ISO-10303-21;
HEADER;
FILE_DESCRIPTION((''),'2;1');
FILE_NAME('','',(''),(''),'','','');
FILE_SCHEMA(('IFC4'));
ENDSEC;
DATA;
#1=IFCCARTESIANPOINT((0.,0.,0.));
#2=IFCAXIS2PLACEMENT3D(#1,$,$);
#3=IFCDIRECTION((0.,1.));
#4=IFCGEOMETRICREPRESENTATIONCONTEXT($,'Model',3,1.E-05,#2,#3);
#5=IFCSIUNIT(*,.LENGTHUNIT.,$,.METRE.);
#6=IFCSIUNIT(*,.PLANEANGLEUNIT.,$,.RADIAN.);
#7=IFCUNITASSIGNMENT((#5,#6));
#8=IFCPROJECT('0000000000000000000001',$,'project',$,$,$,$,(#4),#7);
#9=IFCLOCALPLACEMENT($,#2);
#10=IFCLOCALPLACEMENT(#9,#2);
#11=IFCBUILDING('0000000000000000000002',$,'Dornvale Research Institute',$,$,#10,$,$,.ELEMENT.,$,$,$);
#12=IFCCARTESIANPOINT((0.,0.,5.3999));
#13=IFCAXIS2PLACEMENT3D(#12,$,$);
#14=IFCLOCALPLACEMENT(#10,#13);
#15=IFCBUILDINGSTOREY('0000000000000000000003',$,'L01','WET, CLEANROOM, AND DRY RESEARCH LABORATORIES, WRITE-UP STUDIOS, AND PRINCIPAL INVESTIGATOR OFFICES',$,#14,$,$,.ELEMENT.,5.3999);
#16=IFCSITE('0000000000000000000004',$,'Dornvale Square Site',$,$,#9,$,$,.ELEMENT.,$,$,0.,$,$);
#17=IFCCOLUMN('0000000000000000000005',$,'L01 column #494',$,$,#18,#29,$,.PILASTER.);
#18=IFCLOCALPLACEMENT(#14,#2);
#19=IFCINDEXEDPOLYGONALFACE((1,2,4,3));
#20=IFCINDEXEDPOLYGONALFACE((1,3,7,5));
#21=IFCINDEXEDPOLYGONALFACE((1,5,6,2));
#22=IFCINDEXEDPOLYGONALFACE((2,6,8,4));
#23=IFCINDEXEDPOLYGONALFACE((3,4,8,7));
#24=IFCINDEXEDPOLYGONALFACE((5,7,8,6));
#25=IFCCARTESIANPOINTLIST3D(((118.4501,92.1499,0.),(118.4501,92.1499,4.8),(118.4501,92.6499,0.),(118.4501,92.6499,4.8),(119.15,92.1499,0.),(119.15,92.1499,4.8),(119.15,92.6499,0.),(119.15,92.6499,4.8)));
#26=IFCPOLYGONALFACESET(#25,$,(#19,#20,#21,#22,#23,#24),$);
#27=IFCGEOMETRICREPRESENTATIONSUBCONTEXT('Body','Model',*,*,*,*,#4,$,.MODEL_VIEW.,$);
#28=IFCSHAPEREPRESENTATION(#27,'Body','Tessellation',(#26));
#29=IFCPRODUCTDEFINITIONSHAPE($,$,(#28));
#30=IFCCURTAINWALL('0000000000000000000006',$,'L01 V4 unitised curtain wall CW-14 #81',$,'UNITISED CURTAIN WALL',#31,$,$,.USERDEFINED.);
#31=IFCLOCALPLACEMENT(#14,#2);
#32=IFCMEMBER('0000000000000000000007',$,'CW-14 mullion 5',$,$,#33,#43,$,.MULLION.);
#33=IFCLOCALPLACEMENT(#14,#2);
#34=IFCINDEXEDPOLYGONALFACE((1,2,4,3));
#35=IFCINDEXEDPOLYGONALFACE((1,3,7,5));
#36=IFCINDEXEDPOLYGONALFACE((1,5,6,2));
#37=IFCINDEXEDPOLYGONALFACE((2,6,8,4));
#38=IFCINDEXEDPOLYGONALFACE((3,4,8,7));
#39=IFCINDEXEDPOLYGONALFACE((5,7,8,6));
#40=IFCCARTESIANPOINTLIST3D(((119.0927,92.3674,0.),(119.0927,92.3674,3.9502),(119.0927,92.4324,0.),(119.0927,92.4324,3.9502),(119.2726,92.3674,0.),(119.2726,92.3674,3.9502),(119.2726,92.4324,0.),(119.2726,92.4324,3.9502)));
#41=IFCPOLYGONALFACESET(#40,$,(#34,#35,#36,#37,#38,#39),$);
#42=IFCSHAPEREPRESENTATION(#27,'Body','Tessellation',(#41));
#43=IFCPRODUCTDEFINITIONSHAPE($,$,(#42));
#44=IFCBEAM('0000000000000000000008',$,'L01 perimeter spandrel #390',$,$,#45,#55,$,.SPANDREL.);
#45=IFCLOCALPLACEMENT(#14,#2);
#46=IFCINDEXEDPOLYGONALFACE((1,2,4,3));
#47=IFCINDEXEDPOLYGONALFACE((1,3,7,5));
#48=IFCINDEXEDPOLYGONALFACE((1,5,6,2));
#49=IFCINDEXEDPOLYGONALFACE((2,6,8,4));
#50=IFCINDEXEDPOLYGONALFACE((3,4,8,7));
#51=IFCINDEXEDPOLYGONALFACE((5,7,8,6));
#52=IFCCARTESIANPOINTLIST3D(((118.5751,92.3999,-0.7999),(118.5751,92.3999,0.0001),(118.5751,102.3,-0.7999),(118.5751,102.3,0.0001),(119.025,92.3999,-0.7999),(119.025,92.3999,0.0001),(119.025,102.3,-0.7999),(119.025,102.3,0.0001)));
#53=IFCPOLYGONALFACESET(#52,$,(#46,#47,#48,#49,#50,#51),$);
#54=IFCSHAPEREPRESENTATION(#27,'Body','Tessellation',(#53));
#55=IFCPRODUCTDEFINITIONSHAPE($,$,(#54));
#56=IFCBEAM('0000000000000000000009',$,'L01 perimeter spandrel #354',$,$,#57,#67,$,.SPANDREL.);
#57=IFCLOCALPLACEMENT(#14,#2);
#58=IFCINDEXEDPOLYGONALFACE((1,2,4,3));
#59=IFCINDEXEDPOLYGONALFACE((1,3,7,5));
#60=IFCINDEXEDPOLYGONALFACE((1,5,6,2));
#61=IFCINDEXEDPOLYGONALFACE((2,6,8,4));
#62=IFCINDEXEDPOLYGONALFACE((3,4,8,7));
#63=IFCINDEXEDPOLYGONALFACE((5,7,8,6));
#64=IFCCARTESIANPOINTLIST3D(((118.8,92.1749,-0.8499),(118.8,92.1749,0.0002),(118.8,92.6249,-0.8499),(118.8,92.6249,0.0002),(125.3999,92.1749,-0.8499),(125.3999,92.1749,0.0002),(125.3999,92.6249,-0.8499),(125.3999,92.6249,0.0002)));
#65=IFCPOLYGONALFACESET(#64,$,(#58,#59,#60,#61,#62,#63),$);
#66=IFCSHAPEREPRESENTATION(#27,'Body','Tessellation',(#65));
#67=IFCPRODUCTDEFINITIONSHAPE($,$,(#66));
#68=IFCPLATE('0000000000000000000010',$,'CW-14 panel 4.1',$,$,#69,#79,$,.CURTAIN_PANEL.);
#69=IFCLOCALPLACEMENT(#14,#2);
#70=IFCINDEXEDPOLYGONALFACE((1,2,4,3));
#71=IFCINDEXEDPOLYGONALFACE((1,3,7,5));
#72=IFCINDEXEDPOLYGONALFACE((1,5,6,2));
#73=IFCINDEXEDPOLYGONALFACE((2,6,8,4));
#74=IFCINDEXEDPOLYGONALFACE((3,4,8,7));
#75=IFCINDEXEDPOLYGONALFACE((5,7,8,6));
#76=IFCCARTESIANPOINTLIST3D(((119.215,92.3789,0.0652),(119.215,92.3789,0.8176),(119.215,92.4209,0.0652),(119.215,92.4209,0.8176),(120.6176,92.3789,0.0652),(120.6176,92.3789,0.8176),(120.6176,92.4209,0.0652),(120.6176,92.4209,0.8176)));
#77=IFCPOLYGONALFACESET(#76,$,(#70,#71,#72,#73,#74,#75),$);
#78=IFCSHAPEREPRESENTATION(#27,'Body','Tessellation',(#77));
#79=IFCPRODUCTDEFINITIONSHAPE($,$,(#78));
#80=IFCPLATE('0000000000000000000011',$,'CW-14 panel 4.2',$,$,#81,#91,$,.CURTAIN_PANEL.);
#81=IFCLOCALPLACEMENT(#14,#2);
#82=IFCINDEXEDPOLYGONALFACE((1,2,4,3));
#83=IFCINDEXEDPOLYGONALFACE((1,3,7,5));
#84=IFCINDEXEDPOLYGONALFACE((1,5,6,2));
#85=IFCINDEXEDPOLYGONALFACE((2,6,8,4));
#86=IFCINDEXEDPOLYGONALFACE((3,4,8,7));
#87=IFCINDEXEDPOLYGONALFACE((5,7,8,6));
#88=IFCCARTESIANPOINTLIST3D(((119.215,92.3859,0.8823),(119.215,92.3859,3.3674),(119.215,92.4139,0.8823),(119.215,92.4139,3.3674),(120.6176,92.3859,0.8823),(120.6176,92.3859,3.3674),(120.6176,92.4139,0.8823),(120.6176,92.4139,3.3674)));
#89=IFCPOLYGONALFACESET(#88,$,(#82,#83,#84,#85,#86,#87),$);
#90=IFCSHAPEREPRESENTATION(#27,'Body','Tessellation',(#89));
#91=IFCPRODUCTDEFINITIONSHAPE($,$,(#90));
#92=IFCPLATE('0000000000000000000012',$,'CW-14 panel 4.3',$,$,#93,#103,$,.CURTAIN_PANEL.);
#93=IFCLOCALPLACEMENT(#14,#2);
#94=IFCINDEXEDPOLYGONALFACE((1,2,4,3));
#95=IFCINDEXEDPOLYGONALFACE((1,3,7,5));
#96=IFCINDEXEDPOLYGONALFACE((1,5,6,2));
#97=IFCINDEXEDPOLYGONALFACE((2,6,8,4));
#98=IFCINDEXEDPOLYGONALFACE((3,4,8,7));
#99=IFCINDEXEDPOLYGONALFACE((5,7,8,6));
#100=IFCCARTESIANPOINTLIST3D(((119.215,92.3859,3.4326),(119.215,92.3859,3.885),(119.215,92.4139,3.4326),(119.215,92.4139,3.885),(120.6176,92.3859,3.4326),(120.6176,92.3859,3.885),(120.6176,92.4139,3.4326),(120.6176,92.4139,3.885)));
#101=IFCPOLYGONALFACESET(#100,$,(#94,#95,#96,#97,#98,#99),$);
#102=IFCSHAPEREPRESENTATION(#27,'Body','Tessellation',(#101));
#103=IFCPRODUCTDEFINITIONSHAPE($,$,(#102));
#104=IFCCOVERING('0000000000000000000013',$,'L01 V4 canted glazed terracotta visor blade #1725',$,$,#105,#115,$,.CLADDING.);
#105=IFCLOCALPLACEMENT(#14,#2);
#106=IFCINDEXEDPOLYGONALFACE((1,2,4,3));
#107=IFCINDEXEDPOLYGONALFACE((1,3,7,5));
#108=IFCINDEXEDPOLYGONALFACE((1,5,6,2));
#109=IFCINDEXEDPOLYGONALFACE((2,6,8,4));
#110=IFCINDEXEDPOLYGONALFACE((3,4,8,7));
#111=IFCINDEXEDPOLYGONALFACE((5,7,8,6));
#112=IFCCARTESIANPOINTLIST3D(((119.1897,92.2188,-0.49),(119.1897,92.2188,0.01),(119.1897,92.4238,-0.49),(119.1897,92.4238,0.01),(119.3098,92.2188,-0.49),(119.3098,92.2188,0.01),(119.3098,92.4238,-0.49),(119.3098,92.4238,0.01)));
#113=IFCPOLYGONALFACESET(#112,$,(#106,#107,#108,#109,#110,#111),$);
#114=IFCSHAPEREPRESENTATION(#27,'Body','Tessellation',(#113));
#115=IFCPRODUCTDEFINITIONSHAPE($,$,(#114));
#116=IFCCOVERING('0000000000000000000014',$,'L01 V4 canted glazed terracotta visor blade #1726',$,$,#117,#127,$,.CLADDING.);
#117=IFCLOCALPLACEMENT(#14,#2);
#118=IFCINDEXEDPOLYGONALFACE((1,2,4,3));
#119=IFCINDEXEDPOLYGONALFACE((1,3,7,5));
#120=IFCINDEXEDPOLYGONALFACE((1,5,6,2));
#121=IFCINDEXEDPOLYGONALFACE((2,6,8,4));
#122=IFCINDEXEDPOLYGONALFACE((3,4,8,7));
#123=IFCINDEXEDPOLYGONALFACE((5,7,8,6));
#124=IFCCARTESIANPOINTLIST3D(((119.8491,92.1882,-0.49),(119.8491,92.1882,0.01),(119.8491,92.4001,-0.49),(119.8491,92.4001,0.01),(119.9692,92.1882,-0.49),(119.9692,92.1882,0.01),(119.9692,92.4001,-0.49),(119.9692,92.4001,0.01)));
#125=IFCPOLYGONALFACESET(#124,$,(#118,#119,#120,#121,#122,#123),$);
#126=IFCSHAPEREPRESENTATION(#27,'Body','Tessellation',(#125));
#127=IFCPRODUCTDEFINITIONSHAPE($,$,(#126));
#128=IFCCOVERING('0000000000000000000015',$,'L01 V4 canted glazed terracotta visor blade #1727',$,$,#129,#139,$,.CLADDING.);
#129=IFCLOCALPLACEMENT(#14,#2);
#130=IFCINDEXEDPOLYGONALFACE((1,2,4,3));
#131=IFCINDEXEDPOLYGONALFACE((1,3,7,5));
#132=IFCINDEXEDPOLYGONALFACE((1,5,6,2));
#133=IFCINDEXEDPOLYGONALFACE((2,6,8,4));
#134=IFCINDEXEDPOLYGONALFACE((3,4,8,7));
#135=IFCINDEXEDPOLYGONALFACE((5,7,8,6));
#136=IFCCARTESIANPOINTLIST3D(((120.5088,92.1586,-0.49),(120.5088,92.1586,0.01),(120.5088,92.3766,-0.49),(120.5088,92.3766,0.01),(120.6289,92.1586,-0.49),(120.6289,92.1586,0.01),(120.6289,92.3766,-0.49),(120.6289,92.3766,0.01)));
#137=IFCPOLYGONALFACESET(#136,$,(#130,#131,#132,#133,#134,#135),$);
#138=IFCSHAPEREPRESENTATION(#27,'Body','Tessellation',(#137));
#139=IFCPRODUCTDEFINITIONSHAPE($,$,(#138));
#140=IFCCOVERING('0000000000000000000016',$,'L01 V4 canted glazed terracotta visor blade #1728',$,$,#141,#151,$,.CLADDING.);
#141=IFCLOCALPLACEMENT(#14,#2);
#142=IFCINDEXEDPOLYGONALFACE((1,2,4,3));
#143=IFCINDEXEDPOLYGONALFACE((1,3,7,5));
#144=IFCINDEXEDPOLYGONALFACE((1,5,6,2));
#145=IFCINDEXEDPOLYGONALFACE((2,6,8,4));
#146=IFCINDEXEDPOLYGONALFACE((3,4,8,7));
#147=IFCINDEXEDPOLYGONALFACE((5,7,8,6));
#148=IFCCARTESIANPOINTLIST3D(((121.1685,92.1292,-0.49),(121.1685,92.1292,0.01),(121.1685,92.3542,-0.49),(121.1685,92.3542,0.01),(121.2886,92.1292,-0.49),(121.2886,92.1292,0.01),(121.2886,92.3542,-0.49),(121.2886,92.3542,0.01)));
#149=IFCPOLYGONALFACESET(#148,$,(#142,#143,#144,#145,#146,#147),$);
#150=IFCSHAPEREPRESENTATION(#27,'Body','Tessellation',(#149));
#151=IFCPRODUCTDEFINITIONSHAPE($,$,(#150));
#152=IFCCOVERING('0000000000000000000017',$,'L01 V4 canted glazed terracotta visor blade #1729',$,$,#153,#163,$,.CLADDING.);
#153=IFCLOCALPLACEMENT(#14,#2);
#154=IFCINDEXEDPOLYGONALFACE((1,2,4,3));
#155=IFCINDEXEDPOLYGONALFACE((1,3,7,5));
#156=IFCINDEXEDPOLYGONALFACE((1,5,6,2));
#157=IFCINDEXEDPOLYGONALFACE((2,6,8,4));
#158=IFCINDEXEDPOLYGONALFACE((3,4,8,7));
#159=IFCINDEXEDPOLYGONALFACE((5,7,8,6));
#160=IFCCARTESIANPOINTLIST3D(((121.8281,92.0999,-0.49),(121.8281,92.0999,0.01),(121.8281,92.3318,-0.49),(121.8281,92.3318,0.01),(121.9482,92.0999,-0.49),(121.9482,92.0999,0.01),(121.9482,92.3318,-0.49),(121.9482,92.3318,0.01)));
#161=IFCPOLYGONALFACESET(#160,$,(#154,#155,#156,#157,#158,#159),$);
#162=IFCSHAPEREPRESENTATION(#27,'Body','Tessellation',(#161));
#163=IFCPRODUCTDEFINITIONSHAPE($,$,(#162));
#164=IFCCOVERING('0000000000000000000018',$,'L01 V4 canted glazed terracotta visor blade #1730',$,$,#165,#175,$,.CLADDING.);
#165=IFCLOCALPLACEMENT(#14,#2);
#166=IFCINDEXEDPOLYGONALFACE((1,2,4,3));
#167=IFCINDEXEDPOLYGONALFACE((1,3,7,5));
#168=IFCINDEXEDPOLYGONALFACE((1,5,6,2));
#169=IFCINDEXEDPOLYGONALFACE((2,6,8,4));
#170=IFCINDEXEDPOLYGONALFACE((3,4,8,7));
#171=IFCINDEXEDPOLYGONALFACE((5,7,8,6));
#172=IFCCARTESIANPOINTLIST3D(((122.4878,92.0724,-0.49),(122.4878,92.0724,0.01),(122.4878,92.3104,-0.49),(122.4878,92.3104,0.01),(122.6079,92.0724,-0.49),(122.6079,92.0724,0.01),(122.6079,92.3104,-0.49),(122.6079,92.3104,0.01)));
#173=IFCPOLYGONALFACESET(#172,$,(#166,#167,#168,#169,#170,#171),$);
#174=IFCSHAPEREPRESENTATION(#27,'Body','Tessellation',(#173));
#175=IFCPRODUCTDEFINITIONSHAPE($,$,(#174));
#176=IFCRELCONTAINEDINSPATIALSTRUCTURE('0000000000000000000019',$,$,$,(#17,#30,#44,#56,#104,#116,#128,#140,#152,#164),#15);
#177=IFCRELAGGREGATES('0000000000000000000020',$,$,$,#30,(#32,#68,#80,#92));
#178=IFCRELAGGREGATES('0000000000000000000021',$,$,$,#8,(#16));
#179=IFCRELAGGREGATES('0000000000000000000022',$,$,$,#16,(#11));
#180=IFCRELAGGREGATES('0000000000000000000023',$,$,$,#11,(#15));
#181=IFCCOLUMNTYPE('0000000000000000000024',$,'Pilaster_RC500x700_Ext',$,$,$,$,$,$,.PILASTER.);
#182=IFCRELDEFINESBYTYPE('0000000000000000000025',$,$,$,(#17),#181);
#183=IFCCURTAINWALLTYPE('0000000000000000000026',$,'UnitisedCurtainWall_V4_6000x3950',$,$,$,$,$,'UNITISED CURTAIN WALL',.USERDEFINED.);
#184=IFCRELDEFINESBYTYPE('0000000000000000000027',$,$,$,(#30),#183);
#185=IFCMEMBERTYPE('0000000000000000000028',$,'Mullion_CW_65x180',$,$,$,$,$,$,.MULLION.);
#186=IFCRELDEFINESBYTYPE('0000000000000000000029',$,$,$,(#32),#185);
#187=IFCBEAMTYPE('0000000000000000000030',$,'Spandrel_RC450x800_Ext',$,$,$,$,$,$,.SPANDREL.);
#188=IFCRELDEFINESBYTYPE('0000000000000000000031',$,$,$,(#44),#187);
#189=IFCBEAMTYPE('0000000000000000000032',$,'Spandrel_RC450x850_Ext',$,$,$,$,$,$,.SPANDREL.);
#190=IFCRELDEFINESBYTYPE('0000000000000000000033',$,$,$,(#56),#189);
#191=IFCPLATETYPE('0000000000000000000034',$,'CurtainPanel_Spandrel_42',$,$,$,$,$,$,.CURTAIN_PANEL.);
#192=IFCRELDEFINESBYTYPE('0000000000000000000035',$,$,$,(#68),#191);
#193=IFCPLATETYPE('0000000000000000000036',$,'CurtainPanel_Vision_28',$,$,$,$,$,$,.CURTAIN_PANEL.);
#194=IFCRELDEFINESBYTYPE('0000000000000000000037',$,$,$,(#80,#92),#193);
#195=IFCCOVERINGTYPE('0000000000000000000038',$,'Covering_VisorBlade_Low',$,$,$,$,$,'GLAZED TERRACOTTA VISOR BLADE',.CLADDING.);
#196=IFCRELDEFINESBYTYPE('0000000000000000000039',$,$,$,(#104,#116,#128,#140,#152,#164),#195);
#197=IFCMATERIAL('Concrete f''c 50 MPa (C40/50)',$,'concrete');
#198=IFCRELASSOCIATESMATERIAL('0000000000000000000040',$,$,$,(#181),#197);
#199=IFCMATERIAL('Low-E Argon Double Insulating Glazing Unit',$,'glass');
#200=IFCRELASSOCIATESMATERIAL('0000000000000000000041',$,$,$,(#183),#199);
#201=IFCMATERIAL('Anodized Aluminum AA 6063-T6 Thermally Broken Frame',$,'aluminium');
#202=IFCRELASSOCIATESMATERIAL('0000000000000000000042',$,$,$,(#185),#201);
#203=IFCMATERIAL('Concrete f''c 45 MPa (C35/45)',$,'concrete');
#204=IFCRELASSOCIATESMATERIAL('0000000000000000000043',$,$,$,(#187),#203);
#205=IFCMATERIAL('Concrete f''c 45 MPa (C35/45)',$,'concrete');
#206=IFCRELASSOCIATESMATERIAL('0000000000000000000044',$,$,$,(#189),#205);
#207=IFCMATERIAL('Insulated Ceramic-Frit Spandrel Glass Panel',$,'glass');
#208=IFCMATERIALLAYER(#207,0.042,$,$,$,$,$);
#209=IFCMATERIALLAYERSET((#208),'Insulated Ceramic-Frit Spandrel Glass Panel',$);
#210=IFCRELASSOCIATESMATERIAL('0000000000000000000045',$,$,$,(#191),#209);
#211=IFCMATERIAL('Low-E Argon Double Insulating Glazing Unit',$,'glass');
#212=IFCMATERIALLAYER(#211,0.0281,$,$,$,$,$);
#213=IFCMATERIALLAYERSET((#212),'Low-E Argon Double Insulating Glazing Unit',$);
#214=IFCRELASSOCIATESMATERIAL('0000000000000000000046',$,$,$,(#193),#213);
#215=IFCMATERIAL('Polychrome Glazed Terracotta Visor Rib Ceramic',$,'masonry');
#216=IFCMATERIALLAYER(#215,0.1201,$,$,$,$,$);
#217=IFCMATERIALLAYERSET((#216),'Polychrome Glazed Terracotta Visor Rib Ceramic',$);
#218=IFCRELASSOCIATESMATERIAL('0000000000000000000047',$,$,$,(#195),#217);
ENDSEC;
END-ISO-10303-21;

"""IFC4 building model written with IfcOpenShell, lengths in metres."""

from ifc_helpers import new_model, si_unit, direction, frame, origin, origin_2d, place, context, subcontext, project, spatial, rectangle, extrude, material, layer, layer_set, material_profile, profile_set, type_object, element, aggregate, save


model = new_model("IFC4")

# Units and contexts
model_context = context("Model", 3, precision=1e-05, world=origin(), true_north=direction((0.0, 1.0)))
body_context = subcontext(model_context, "Body", "Model", "MODEL_VIEW")
ifc_project = project(units=[si_unit("LENGTHUNIT", "METRE"), si_unit("PLANEANGLEUNIT", "RADIAN")], contexts=[model_context])

# Site, building, storey
site_placement = place(None, origin())
site = spatial("IfcSite", under=ifc_project, at=site_placement, Name="Dornvale Square Site", CompositionType="ELEMENT", RefElevation=0.0)
building_placement = place(site_placement, origin())
building = spatial("IfcBuilding", under=site, at=building_placement, Name="Dornvale Research Institute", CompositionType="ELEMENT")
storey_placement = place(building_placement, frame((0.0, 0.0, 5.3999)))
storey = spatial("IfcBuildingStorey", under=building, at=storey_placement, Name="L01", Description="WET, CLEANROOM, AND DRY RESEARCH LABORATORIES, WRITE-UP STUDIOS, AND PRINCIPAL INVESTIGATOR OFFICES", CompositionType="ELEMENT", Elevation=5.3999)

# Column
ifc_material_1 = material(Name="Concrete f'c 50 MPa (C40/50)", Category="concrete")
ifc_material_profile_1 = material_profile(ifc_material_1, rectangle(XDim=0.5, YDim=0.7, at=origin_2d()), Name="RC 500x700")
ifc_profile_set_1 = profile_set([ifc_material_profile_1], Name="Concrete f'c 50 MPa (C40/50)")
column_type = type_object("IfcColumnType", Name="Pilaster_RC500x700_Ext", PredefinedType="PILASTER", material=ifc_profile_set_1)
column_placement = place(storey_placement, frame((118.8, 92.3999, 0.0), z_axis=(0.0, 0.0, 1.0), x_axis=(0.0, 1.0, 0.0)))
element("IfcColumn", 1, at=column_placement, inside=storey, type_object=column_type, Name="L01 column #494", PredefinedType="PILASTER", context=body_context, shape_type="SweptSolid", body=[
    extrude(rectangle(XDim=0.5, YDim=0.7, at=origin_2d()), origin(), (0.0, 0.0, 1.0), 4.8),
])

# Curtain wall, member
ifc_material_2 = material(Name="Low-E Argon Double Insulating Glazing Unit", Category="glass")
curtain_wall_type = type_object("IfcCurtainWallType", Name="UnitisedCurtainWall_V4_6000x3950", ElementType="UNITISED CURTAIN WALL", PredefinedType="USERDEFINED", material=ifc_material_2)
curtain_wall_placement = place(storey_placement, origin())
curtain_wall = element("IfcCurtainWall", 2, at=curtain_wall_placement, inside=storey, type_object=curtain_wall_type, Name="L01 V4 unitised curtain wall CW-14 #81", ObjectType="UNITISED CURTAIN WALL", PredefinedType="USERDEFINED")
ifc_material_3 = material(Name="Anodized Aluminum AA 6063-T6 Thermally Broken Frame", Category="aluminium")
ifc_material_profile_2 = material_profile(ifc_material_3, rectangle(XDim=0.0649, YDim=0.1799, at=origin_2d()), Name="ALU MULLION 65x180")
ifc_profile_set_2 = profile_set([ifc_material_profile_2], Name="Anodized Aluminum AA 6063-T6 Thermally Broken Frame")
member_type = type_object("IfcMemberType", Name="Mullion_CW_65x180", PredefinedType="MULLION", material=ifc_profile_set_2)
member_placement = place(storey_placement, frame((119.1826, 92.3999, 0.0), z_axis=(0.0, 0.0, 1.0), x_axis=(0.0, -1.0, 0.0)))
member = element("IfcMember", 3, at=member_placement, type_object=member_type, Name="CW-14 mullion 5", PredefinedType="MULLION", context=body_context, shape_type="SweptSolid", body=[
    extrude(rectangle(XDim=0.0649, YDim=0.1799, at=origin_2d()), origin(), (0.0, 0.0, 1.0), 3.9502),
])

# Beams
ifc_material_4 = material(Name="Concrete f'c 45 MPa (C35/45)", Category="concrete")
ifc_material_profile_3 = material_profile(ifc_material_4, rectangle(XDim=0.45, YDim=0.8, at=origin_2d()), Name="RC 450x800")
ifc_profile_set_3 = profile_set([ifc_material_profile_3], Name="Concrete f'c 45 MPa (C35/45)")
beam_type_1 = type_object("IfcBeamType", Name="Spandrel_RC450x800_Ext", PredefinedType="SPANDREL", material=ifc_profile_set_3)
beam_1_placement = place(storey_placement, frame((118.8, 92.3999, -0.3999), z_axis=(0.0, 1.0, 0.0), x_axis=(-1.0, 0.0, 0.0)))
element("IfcBeam", 4, at=beam_1_placement, inside=storey, type_object=beam_type_1, Name="L01 perimeter spandrel #390", PredefinedType="SPANDREL", context=body_context, shape_type="SweptSolid", body=[
    extrude(rectangle(XDim=0.45, YDim=0.8, at=origin_2d()), origin(), (0.0, 0.0, 1.0), 9.9001),
])
ifc_material_5 = material(Name="Concrete f'c 45 MPa (C35/45)", Category="concrete")
ifc_material_profile_4 = material_profile(ifc_material_5, rectangle(XDim=0.45, YDim=0.8501, at=origin_2d()), Name="RC 450x850")
ifc_profile_set_4 = profile_set([ifc_material_profile_4], Name="Concrete f'c 45 MPa (C35/45)")
beam_type_2 = type_object("IfcBeamType", Name="Spandrel_RC450x850_Ext", PredefinedType="SPANDREL", material=ifc_profile_set_4)
beam_2_placement = place(storey_placement, frame((118.8, 92.3999, -0.4248), z_axis=(1.0, 0.0, 0.0), x_axis=(0.0, 1.0, 0.0)))
element("IfcBeam", 5, at=beam_2_placement, inside=storey, type_object=beam_type_2, Name="L01 perimeter spandrel #354", PredefinedType="SPANDREL", context=body_context, shape_type="SweptSolid", body=[
    extrude(rectangle(XDim=0.45, YDim=0.8501, at=origin_2d()), origin(), (0.0, 0.0, 1.0), 6.5999),
])

# Plates
ifc_material_6 = material(Name="Insulated Ceramic-Frit Spandrel Glass Panel", Category="glass")
ifc_layer_1 = layer(ifc_material_6, 0.042)
ifc_layer_set_1 = layer_set([ifc_layer_1], Name="Insulated Ceramic-Frit Spandrel Glass Panel")
plate_type_1 = type_object("IfcPlateType", Name="CurtainPanel_Spandrel_42", PredefinedType="CURTAIN_PANEL", material=ifc_layer_set_1)
plate_1_placement = place(storey_placement, frame((119.9163, 92.3999, 0.0652), z_axis=(0.0, 0.0, 1.0), x_axis=(-1.0, 0.0, 0.0)))
plate_1 = element("IfcPlate", 6, at=plate_1_placement, type_object=plate_type_1, Name="CW-14 panel 4.1", PredefinedType="CURTAIN_PANEL", context=body_context, shape_type="SweptSolid", body=[
    extrude(rectangle(XDim=1.4026, YDim=0.042, at=origin_2d()), origin(), (0.0, 0.0, 1.0), 0.7524),
])
ifc_material_7 = material(Name="Low-E Argon Double Insulating Glazing Unit", Category="glass")
ifc_layer_2 = layer(ifc_material_7, 0.0281)
ifc_layer_set_2 = layer_set([ifc_layer_2], Name="Low-E Argon Double Insulating Glazing Unit")
plate_type_2 = type_object("IfcPlateType", Name="CurtainPanel_Vision_28", PredefinedType="CURTAIN_PANEL", material=ifc_layer_set_2)
plate_2_placement = place(storey_placement, frame((119.9163, 92.3999, 0.8823), z_axis=(0.0, 0.0, 1.0), x_axis=(-1.0, 0.0, 0.0)))
plate_2 = element("IfcPlate", 7, at=plate_2_placement, type_object=plate_type_2, Name="CW-14 panel 4.2", PredefinedType="CURTAIN_PANEL", context=body_context, shape_type="SweptSolid", body=[
    extrude(rectangle(XDim=1.4026, YDim=0.0281, at=origin_2d()), origin(), (0.0, 0.0, 1.0), 2.4851),
])
plate_3_placement = place(storey_placement, frame((119.9163, 92.3999, 3.4326), z_axis=(0.0, 0.0, 1.0), x_axis=(-1.0, 0.0, 0.0)))
plate_3 = element("IfcPlate", 8, at=plate_3_placement, type_object=plate_type_2, Name="CW-14 panel 4.3", PredefinedType="CURTAIN_PANEL", context=body_context, shape_type="SweptSolid", body=[
    extrude(rectangle(XDim=1.4026, YDim=0.0281, at=origin_2d()), origin(), (0.0, 0.0, 1.0), 0.4524),
])
aggregate(curtain_wall, [member, plate_1, plate_2, plate_3])

# Coverings
ifc_material_8 = material(Name="Polychrome Glazed Terracotta Visor Rib Ceramic", Category="masonry")
ifc_layer_3 = layer(ifc_material_8, 0.1201)
ifc_layer_set_3 = layer_set([ifc_layer_3], Name="Polychrome Glazed Terracotta Visor Rib Ceramic")
covering_type = type_object("IfcCoveringType", Name="Covering_VisorBlade_Low", ElementType="GLAZED TERRACOTTA VISOR BLADE", PredefinedType="CLADDING", material=ifc_layer_set_3)
covering_1_placement = place(storey_placement, frame((119.2498, 92.3213, -0.49), z_axis=(0.0, 0.0, 1.0), x_axis=(0.0, 1.0, 0.0)))
element("IfcCovering", 9, at=covering_1_placement, inside=storey, type_object=covering_type, Name="L01 V4 canted glazed terracotta visor blade #1725", PredefinedType="CLADDING", context=body_context, shape_type="SweptSolid", body=[
    extrude(rectangle(XDim=0.2051, YDim=0.1201, at=origin_2d()), origin(), (0.0, 0.0, 1.0), 0.5),
])
covering_2_placement = place(storey_placement, frame((119.9092, 92.2942, -0.49), z_axis=(0.0, 0.0, 1.0), x_axis=(0.0, 1.0, 0.0)))
element("IfcCovering", 10, at=covering_2_placement, inside=storey, type_object=covering_type, Name="L01 V4 canted glazed terracotta visor blade #1726", PredefinedType="CLADDING", context=body_context, shape_type="SweptSolid", body=[
    extrude(rectangle(XDim=0.2119, YDim=0.1201, at=origin_2d()), origin(), (0.0, 0.0, 1.0), 0.5),
])
covering_3_placement = place(storey_placement, frame((120.5688, 92.2676, -0.49), z_axis=(0.0, 0.0, 1.0), x_axis=(0.0, 1.0, 0.0)))
element("IfcCovering", 11, at=covering_3_placement, inside=storey, type_object=covering_type, Name="L01 V4 canted glazed terracotta visor blade #1727", PredefinedType="CLADDING", context=body_context, shape_type="SweptSolid", body=[
    extrude(rectangle(XDim=0.218, YDim=0.1201, at=origin_2d()), origin(), (0.0, 0.0, 1.0), 0.5),
])
covering_4_placement = place(storey_placement, frame((121.2285, 92.2417, -0.49), z_axis=(0.0, 0.0, 1.0), x_axis=(0.0, 1.0, 0.0)))
element("IfcCovering", 12, at=covering_4_placement, inside=storey, type_object=covering_type, Name="L01 V4 canted glazed terracotta visor blade #1728", PredefinedType="CLADDING", context=body_context, shape_type="SweptSolid", body=[
    extrude(rectangle(XDim=0.2251, YDim=0.1201, at=origin_2d()), origin(), (0.0, 0.0, 1.0), 0.5),
])
covering_5_placement = place(storey_placement, frame((121.8882, 92.2158, -0.49), z_axis=(0.0, 0.0, 1.0), x_axis=(0.0, 1.0, 0.0)))
element("IfcCovering", 13, at=covering_5_placement, inside=storey, type_object=covering_type, Name="L01 V4 canted glazed terracotta visor blade #1729", PredefinedType="CLADDING", context=body_context, shape_type="SweptSolid", body=[
    extrude(rectangle(XDim=0.2319, YDim=0.1201, at=origin_2d()), origin(), (0.0, 0.0, 1.0), 0.5),
])
covering_6_placement = place(storey_placement, frame((122.5479, 92.1914, -0.49), z_axis=(0.0, 0.0, 1.0), x_axis=(0.0, 1.0, 0.0)))
element("IfcCovering", 14, at=covering_6_placement, inside=storey, type_object=covering_type, Name="L01 V4 canted glazed terracotta visor blade #1730", PredefinedType="CLADDING", context=body_context, shape_type="SweptSolid", body=[
    extrude(rectangle(XDim=0.238, YDim=0.1201, at=origin_2d()), origin(), (0.0, 0.0, 1.0), 0.5),
])

save(model, "model.ifc")
